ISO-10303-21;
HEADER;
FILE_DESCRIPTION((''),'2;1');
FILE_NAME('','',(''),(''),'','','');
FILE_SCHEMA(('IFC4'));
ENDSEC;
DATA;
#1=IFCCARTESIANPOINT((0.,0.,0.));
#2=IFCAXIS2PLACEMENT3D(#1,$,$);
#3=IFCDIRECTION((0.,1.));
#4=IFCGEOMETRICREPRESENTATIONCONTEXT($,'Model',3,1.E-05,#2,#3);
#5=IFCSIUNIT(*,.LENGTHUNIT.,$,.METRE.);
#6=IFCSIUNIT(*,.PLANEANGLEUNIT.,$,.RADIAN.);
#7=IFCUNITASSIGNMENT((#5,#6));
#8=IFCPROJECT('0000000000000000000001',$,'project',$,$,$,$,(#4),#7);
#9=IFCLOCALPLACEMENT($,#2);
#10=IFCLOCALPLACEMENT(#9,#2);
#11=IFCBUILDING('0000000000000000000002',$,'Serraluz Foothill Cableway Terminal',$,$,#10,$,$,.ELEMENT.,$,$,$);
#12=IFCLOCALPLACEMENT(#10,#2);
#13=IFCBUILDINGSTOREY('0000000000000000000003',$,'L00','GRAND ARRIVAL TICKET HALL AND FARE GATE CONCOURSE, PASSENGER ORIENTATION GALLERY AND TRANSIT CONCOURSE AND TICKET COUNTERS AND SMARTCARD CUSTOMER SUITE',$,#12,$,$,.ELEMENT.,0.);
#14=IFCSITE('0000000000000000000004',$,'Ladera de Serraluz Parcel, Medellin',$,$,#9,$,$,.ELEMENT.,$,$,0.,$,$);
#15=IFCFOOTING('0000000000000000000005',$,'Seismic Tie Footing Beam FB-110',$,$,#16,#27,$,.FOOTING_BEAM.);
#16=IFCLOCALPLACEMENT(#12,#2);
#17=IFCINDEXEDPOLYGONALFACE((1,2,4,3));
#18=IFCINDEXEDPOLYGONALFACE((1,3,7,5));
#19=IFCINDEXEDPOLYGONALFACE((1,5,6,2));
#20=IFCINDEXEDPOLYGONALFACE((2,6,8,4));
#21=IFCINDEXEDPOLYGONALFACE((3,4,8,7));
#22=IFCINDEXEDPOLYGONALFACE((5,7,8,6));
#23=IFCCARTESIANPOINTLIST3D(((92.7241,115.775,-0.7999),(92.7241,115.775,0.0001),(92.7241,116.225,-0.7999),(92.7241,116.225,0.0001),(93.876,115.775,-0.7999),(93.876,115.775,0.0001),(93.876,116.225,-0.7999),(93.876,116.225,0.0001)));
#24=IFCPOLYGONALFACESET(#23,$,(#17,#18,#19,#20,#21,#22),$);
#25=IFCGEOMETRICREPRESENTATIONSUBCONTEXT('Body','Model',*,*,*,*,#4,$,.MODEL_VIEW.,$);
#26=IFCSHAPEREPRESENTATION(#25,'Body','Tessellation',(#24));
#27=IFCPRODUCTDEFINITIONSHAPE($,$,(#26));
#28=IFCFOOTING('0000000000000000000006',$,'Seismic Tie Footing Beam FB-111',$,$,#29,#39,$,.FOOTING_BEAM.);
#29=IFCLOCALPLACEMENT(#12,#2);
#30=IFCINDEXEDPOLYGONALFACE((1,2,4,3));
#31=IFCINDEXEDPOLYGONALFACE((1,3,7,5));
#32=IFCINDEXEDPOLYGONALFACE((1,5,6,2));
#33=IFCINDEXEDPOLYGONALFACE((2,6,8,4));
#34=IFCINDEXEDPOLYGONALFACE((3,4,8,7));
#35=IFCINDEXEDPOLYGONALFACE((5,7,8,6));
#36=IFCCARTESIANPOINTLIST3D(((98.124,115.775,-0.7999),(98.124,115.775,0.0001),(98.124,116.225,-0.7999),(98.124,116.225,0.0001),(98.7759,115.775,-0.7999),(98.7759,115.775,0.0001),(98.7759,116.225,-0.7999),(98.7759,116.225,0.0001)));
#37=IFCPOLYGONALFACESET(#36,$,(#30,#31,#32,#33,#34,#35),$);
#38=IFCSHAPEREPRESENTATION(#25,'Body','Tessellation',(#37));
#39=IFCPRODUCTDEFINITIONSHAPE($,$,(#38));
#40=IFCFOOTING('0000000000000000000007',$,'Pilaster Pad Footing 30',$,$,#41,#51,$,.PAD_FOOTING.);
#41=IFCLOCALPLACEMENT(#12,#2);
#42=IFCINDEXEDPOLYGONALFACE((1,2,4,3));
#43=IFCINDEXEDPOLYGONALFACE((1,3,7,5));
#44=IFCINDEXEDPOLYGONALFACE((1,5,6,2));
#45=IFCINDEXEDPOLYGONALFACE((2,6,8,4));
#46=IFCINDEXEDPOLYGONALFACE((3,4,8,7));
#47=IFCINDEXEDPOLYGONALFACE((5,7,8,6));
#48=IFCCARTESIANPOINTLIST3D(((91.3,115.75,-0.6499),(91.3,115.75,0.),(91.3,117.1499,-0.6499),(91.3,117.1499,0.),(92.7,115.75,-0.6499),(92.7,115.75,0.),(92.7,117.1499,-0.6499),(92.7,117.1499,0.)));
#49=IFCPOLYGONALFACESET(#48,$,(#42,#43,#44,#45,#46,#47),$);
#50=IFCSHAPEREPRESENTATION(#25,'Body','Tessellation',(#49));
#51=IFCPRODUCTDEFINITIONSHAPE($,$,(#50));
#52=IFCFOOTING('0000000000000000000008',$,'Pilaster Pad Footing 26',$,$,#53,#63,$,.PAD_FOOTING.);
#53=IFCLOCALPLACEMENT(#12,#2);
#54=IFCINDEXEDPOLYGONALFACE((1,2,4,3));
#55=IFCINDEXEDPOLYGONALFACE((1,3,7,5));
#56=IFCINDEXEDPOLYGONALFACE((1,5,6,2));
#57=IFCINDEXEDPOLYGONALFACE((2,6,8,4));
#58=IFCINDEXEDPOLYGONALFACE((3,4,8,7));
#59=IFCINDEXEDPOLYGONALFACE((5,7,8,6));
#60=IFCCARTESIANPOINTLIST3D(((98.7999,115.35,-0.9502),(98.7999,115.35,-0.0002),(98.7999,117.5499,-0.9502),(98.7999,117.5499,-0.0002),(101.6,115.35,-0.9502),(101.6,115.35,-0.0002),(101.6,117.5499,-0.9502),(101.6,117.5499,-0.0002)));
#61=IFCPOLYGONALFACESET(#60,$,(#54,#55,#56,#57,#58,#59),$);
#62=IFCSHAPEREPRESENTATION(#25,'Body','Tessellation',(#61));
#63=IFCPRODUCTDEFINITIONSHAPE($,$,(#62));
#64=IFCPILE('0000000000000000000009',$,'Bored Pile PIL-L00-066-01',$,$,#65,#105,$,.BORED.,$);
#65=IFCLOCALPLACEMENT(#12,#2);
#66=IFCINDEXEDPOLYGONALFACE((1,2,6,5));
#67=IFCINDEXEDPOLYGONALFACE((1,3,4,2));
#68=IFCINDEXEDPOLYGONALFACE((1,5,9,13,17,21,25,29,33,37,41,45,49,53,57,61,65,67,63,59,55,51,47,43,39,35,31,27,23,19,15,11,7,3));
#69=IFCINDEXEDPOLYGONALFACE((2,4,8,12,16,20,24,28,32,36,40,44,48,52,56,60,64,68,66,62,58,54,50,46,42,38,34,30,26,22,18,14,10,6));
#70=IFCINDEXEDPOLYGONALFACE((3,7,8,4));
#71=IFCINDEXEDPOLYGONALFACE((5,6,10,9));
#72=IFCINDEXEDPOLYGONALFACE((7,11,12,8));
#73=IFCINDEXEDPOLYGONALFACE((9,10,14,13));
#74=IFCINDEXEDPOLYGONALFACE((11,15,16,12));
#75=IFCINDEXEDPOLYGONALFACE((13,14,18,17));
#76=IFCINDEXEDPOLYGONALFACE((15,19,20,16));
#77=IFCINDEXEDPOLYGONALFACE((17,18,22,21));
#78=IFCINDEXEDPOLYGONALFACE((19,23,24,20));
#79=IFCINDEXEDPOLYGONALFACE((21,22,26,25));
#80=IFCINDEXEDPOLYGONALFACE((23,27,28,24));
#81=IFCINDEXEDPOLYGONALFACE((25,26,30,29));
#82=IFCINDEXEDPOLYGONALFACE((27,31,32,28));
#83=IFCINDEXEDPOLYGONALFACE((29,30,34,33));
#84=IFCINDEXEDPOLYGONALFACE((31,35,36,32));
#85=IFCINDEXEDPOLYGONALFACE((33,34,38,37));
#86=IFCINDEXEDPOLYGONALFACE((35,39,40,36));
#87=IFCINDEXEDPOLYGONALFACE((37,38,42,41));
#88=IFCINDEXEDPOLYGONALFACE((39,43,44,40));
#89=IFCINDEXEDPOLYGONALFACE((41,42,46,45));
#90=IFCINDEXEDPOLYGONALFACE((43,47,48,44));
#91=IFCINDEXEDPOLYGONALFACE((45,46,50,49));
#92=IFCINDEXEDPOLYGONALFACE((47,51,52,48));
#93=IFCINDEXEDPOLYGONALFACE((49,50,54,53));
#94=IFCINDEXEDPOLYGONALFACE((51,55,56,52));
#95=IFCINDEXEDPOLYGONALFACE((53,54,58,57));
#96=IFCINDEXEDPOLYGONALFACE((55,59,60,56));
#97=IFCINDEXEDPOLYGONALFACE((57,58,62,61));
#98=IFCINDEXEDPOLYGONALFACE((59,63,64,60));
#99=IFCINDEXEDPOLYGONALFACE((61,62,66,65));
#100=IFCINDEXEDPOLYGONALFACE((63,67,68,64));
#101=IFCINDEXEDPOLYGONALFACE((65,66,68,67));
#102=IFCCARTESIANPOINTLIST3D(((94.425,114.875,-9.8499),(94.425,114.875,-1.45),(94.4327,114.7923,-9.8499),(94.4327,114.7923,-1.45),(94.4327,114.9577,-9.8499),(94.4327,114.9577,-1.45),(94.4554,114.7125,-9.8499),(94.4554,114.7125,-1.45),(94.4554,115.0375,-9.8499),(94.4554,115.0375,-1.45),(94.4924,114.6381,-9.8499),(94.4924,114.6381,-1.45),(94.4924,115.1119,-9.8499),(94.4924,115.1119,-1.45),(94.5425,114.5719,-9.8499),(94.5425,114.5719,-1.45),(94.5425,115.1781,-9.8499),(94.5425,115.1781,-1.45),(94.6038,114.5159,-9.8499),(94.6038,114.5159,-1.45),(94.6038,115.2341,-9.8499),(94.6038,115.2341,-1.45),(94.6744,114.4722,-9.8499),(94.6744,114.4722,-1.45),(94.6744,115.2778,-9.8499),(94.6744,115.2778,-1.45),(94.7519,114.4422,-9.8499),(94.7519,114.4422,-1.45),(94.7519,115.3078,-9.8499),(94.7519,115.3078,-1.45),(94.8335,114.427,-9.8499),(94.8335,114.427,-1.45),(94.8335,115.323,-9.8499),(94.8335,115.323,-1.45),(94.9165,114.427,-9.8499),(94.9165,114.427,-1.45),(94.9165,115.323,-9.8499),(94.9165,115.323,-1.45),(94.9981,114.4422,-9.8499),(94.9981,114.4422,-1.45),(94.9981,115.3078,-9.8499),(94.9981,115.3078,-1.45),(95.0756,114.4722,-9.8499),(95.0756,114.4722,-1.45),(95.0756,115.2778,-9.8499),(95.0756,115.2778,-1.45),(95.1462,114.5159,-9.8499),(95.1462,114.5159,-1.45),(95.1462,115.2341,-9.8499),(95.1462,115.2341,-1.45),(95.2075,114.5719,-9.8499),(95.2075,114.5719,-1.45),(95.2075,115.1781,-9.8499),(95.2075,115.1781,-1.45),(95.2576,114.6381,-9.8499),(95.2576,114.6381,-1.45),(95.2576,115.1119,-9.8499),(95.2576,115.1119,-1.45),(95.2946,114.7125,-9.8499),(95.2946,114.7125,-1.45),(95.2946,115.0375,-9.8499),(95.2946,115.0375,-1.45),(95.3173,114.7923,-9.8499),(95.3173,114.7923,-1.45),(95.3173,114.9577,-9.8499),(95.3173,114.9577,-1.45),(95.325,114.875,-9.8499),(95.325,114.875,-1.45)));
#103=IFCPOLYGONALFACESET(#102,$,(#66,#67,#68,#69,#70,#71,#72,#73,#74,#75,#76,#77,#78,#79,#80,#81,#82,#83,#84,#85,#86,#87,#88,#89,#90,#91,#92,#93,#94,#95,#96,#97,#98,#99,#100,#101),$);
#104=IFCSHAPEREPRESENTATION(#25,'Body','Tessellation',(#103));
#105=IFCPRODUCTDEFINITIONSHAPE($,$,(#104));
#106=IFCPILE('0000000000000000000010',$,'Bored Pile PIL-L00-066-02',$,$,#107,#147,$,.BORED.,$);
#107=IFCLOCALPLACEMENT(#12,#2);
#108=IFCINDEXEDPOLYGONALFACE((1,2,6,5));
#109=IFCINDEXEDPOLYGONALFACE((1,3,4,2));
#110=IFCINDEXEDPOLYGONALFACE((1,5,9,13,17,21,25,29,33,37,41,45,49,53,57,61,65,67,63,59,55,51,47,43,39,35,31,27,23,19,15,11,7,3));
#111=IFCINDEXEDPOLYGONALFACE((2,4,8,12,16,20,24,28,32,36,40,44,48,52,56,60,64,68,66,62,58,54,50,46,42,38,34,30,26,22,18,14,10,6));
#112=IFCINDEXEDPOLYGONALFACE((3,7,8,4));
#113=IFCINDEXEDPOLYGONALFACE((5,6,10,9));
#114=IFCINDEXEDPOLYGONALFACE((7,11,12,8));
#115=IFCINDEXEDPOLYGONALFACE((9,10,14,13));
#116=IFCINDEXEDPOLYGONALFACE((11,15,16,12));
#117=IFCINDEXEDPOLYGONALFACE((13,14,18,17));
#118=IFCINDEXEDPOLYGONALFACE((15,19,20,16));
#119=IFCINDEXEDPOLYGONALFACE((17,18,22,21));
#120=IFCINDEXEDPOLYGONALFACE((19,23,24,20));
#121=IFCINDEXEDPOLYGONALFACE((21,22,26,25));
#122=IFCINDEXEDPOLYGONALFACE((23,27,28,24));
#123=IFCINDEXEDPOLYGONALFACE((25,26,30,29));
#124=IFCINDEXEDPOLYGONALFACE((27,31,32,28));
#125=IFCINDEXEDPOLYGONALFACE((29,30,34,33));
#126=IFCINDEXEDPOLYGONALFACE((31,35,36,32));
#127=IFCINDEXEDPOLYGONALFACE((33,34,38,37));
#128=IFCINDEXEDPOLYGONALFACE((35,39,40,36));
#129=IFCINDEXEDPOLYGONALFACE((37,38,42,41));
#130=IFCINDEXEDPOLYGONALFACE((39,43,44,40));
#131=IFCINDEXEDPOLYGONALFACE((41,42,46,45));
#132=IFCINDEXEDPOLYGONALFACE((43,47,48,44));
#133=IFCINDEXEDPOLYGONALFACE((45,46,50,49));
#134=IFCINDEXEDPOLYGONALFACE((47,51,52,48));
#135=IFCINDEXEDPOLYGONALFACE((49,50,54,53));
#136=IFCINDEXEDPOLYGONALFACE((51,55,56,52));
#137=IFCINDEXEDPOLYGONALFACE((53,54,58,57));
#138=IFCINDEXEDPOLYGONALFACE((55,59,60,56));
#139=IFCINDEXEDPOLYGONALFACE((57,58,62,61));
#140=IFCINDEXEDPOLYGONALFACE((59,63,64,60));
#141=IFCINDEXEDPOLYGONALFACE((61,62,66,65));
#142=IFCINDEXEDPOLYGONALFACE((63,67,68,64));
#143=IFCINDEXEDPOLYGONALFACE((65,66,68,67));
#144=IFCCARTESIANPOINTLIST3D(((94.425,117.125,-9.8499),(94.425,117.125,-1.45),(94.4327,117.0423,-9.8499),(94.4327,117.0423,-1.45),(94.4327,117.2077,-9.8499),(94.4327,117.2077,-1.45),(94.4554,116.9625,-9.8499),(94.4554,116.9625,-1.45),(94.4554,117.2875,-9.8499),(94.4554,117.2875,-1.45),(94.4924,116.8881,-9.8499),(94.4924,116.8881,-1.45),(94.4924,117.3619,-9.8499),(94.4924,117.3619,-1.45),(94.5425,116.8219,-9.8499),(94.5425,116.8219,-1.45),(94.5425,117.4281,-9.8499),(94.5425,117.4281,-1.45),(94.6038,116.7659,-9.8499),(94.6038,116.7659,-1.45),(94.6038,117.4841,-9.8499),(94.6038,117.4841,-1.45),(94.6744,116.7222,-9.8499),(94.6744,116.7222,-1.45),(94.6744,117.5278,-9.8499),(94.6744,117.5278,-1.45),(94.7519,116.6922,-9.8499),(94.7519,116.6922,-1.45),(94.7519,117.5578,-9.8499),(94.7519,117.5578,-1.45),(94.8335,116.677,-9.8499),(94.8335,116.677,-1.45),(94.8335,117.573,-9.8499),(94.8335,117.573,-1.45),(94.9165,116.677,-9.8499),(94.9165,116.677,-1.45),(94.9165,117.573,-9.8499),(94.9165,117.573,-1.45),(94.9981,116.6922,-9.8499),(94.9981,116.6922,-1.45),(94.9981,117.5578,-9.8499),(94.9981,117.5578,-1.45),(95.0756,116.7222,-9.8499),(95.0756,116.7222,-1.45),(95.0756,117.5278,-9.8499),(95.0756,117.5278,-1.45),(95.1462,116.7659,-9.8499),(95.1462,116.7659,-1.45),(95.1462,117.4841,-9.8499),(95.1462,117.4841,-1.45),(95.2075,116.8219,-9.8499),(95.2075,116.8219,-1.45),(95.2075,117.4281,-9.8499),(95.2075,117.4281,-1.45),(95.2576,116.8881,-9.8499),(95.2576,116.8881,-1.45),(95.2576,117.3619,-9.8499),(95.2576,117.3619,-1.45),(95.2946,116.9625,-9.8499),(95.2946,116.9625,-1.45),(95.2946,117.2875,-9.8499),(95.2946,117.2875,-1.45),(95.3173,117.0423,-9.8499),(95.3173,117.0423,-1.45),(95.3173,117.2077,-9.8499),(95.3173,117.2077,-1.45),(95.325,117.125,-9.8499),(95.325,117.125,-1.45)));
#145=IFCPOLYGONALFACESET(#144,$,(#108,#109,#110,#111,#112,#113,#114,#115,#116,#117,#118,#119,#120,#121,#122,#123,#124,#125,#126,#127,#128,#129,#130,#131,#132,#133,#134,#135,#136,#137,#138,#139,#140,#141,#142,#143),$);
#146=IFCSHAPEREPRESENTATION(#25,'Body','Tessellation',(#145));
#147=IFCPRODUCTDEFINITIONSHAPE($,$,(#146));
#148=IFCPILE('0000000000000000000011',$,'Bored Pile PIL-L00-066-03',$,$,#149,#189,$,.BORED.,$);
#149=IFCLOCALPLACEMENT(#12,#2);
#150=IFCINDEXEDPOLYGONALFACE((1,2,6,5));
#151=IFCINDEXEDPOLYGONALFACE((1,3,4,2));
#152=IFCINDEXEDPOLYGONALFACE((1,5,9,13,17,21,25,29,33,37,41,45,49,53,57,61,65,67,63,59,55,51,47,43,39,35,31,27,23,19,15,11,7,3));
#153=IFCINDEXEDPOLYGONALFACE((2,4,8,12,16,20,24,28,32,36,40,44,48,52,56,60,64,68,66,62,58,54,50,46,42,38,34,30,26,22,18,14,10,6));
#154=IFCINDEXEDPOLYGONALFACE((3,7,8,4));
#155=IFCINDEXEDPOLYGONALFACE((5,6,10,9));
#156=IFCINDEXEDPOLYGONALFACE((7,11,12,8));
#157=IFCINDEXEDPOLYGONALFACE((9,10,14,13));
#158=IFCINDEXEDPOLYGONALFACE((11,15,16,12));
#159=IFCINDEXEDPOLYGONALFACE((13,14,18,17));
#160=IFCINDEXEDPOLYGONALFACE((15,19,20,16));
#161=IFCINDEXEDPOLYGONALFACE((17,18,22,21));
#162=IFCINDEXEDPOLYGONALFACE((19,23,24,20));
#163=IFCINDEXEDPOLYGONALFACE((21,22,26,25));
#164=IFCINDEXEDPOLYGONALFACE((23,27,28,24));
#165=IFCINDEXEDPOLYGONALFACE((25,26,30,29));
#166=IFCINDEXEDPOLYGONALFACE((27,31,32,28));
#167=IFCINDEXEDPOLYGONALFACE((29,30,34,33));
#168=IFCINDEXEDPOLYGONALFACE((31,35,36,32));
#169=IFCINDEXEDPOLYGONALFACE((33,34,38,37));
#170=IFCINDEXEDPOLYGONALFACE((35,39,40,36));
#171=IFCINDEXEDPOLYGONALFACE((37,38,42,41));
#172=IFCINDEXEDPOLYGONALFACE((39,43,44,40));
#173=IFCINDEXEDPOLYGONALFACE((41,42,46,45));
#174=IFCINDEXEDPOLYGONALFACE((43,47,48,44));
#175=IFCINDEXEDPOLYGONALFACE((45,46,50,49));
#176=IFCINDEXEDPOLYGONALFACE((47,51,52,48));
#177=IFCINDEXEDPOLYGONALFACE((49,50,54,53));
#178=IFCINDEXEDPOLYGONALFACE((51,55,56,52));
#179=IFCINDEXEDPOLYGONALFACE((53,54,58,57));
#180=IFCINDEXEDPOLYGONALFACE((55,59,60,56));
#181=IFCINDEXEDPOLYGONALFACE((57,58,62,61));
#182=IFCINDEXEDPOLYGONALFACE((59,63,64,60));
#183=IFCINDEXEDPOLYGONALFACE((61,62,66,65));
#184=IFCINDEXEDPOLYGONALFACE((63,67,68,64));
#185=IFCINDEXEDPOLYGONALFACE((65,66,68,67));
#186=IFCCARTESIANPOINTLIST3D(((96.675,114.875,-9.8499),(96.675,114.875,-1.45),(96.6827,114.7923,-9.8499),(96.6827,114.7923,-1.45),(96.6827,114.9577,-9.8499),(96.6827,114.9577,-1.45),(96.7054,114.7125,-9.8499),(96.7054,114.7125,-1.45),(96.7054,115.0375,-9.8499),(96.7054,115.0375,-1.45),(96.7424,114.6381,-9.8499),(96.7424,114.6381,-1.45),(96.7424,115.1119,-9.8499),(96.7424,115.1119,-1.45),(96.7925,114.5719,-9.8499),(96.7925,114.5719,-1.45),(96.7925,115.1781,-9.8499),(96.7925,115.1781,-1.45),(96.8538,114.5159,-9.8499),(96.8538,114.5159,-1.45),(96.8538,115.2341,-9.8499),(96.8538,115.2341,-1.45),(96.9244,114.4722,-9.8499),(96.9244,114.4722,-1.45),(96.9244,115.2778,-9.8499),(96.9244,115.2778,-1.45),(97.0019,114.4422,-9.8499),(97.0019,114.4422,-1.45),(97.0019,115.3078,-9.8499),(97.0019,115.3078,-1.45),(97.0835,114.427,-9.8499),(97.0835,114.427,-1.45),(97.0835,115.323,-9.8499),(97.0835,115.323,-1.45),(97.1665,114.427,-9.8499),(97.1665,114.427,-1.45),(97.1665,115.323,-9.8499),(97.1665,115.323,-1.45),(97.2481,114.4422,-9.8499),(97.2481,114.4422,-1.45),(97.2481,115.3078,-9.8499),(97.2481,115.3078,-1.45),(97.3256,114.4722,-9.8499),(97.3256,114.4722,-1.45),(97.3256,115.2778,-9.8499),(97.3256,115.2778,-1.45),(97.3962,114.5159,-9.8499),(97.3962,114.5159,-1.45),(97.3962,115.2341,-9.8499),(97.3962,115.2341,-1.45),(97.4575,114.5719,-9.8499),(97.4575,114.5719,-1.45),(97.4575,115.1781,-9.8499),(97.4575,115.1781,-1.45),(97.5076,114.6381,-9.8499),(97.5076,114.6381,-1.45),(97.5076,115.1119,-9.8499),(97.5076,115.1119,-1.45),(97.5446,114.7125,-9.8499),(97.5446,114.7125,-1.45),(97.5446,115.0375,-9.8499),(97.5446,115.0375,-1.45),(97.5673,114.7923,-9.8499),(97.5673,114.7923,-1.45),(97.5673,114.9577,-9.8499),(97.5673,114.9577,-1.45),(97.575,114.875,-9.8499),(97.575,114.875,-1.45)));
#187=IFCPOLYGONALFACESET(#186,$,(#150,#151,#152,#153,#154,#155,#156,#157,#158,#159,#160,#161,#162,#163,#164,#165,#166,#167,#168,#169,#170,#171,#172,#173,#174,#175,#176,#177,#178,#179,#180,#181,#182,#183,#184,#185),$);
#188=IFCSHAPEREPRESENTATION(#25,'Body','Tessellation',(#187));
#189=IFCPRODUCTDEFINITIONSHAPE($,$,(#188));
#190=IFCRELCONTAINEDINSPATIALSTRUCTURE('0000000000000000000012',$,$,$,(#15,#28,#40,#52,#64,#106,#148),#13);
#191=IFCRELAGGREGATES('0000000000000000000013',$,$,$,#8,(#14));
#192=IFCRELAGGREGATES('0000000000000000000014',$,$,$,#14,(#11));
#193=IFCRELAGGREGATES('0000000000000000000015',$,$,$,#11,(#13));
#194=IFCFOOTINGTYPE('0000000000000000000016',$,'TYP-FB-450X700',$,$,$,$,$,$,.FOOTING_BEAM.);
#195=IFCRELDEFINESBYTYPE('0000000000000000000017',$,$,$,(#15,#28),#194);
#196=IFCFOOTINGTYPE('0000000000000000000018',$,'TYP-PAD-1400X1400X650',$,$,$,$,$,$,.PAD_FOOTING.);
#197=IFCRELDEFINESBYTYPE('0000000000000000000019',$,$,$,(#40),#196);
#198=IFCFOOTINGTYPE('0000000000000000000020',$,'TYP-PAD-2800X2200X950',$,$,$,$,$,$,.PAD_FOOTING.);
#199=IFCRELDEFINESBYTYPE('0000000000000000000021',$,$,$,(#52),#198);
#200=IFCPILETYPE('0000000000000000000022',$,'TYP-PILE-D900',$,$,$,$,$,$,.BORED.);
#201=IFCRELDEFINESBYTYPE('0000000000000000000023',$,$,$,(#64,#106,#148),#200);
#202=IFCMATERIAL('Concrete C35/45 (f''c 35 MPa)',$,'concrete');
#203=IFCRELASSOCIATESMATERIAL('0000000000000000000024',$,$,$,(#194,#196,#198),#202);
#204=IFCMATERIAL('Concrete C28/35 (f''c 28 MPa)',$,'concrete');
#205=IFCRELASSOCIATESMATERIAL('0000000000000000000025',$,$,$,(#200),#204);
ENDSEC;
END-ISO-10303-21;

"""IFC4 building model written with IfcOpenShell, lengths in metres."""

from ifc_helpers import new_model, si_unit, direction, frame, origin, origin_2d, place, context, subcontext, project, spatial, rectangle, circle, extrude, material, material_profile, profile_set, type_object, element, save


model = new_model("IFC4")

# Units and contexts
model_context = context("Model", 3, precision=1e-05, world=origin(), true_north=direction((0.0, 1.0)))
body_context = subcontext(model_context, "Body", "Model", "MODEL_VIEW")
ifc_project = project(units=[si_unit("LENGTHUNIT", "METRE"), si_unit("PLANEANGLEUNIT", "RADIAN")], contexts=[model_context])

# Site, building, storey
site_placement = place(None, origin())
site = spatial("IfcSite", under=ifc_project, at=site_placement, Name="Ladera de Serraluz Parcel, Medellin", CompositionType="ELEMENT", RefElevation=0.0)
building_placement = place(site_placement, origin())
building = spatial("IfcBuilding", under=site, at=building_placement, Name="Serraluz Foothill Cableway Terminal", CompositionType="ELEMENT")
storey_placement = place(building_placement, origin())
storey = spatial("IfcBuildingStorey", under=building, at=storey_placement, Name="L00", Description="GRAND ARRIVAL TICKET HALL AND FARE GATE CONCOURSE, PASSENGER ORIENTATION GALLERY AND TRANSIT CONCOURSE AND TICKET COUNTERS AND SMARTCARD CUSTOMER SUITE", CompositionType="ELEMENT", Elevation=0.0)

# Footings
ifc_material_1 = material(Name="Concrete C35/45 (f'c 35 MPa)", Category="concrete")
ifc_material_profile_1 = material_profile(ifc_material_1, rectangle(XDim=0.45, YDim=0.8, at=origin_2d()), Name="RC 450x800")
ifc_profile_set_1 = profile_set([ifc_material_profile_1], Name="Concrete C35/45 (f'c 35 MPa)")
footing_type_1 = type_object("IfcFootingType", Name="TYP-FB-450X700", PredefinedType="FOOTING_BEAM", material=ifc_profile_set_1)
footing_1_placement = place(storey_placement, frame((92.7241, 116.0, -0.3999), z_axis=(1.0, 0.0, 0.0), x_axis=(0.0, 1.0, 0.0)))
element("IfcFooting", 1, at=footing_1_placement, inside=storey, type_object=footing_type_1, Name="Seismic Tie Footing Beam FB-110", PredefinedType="FOOTING_BEAM", context=body_context, shape_type="SweptSolid", body=[
    extrude(rectangle(XDim=0.45, YDim=0.8, at=origin_2d()), origin(), (0.0, 0.0, 1.0), 1.1519),
])
footing_2_placement = place(storey_placement, frame((98.124, 116.0, -0.3999), z_axis=(1.0, 0.0, 0.0), x_axis=(0.0, 1.0, 0.0)))
element("IfcFooting", 2, at=footing_2_placement, inside=storey, type_object=footing_type_1, Name="Seismic Tie Footing Beam FB-111", PredefinedType="FOOTING_BEAM", context=body_context, shape_type="SweptSolid", body=[
    extrude(rectangle(XDim=0.45, YDim=0.8, at=origin_2d()), origin(), (0.0, 0.0, 1.0), 0.6519),
])
footing_type_2 = type_object("IfcFootingType", Name="TYP-PAD-1400X1400X650", PredefinedType="PAD_FOOTING", material=ifc_material_1)
footing_3_placement = place(storey_placement, frame((92.0, 116.45, -0.6499), z_axis=(0.0, 0.0, 1.0), x_axis=(1.0, 0.0, 0.0)))
element("IfcFooting", 3, at=footing_3_placement, inside=storey, type_object=footing_type_2, Name="Pilaster Pad Footing 30", PredefinedType="PAD_FOOTING", context=body_context, shape_type="SweptSolid", body=[
    extrude(rectangle(XDim=1.3999, YDim=1.3999, at=origin_2d()), origin(), (0.0, 0.0, 1.0), 0.6499),
])
footing_type_3 = type_object("IfcFootingType", Name="TYP-PAD-2800X2200X950", PredefinedType="PAD_FOOTING", material=ifc_material_1)
footing_4_placement = place(storey_placement, frame((100.2, 116.45, -0.9502), z_axis=(0.0, 0.0, 1.0), x_axis=(1.0, 0.0, 0.0)))
element("IfcFooting", 4, at=footing_4_placement, inside=storey, type_object=footing_type_3, Name="Pilaster Pad Footing 26", PredefinedType="PAD_FOOTING", context=body_context, shape_type="SweptSolid", body=[
    extrude(rectangle(XDim=2.8, YDim=2.2, at=origin_2d()), origin(), (0.0, 0.0, 1.0), 0.95),
])

# Piles
ifc_material_2 = material(Name="Concrete C28/35 (f'c 28 MPa)", Category="concrete")
ifc_material_profile_2 = material_profile(ifc_material_2, circle(Radius=0.45, at=origin_2d()), Name="BORED PILE D900")
ifc_profile_set_2 = profile_set([ifc_material_profile_2], Name="Concrete C28/35 (f'c 28 MPa)")
pile_type = type_object("IfcPileType", Name="TYP-PILE-D900", PredefinedType="BORED", material=ifc_profile_set_2)
for number, where, z_axis, x_axis, name in (
    (5, (94.875, 114.875, -1.45), (0.0, 0.0, -1.0), (1.0, 0.0, 0.0), "Bored Pile PIL-L00-066-01"),
    (6, (94.875, 117.125, -1.45), (0.0, 0.0, -1.0), (1.0, 0.0, 0.0), "Bored Pile PIL-L00-066-02"),
    (7, (97.125, 114.875, -1.45), (0.0, 0.0, -1.0), (1.0, 0.0, 0.0), "Bored Pile PIL-L00-066-03"),
):
    element("IfcPile", number, at=place(storey_placement, frame(where, z_axis=z_axis, x_axis=x_axis)), inside=storey, type_object=pile_type, Name=name, PredefinedType="BORED", context=body_context, shape_type="SweptSolid", body=[
        extrude(circle(Radius=0.45, at=origin_2d()), origin(), (0.0, 0.0, 1.0), 8.3999),
    ])

save(model, "model.ifc")
